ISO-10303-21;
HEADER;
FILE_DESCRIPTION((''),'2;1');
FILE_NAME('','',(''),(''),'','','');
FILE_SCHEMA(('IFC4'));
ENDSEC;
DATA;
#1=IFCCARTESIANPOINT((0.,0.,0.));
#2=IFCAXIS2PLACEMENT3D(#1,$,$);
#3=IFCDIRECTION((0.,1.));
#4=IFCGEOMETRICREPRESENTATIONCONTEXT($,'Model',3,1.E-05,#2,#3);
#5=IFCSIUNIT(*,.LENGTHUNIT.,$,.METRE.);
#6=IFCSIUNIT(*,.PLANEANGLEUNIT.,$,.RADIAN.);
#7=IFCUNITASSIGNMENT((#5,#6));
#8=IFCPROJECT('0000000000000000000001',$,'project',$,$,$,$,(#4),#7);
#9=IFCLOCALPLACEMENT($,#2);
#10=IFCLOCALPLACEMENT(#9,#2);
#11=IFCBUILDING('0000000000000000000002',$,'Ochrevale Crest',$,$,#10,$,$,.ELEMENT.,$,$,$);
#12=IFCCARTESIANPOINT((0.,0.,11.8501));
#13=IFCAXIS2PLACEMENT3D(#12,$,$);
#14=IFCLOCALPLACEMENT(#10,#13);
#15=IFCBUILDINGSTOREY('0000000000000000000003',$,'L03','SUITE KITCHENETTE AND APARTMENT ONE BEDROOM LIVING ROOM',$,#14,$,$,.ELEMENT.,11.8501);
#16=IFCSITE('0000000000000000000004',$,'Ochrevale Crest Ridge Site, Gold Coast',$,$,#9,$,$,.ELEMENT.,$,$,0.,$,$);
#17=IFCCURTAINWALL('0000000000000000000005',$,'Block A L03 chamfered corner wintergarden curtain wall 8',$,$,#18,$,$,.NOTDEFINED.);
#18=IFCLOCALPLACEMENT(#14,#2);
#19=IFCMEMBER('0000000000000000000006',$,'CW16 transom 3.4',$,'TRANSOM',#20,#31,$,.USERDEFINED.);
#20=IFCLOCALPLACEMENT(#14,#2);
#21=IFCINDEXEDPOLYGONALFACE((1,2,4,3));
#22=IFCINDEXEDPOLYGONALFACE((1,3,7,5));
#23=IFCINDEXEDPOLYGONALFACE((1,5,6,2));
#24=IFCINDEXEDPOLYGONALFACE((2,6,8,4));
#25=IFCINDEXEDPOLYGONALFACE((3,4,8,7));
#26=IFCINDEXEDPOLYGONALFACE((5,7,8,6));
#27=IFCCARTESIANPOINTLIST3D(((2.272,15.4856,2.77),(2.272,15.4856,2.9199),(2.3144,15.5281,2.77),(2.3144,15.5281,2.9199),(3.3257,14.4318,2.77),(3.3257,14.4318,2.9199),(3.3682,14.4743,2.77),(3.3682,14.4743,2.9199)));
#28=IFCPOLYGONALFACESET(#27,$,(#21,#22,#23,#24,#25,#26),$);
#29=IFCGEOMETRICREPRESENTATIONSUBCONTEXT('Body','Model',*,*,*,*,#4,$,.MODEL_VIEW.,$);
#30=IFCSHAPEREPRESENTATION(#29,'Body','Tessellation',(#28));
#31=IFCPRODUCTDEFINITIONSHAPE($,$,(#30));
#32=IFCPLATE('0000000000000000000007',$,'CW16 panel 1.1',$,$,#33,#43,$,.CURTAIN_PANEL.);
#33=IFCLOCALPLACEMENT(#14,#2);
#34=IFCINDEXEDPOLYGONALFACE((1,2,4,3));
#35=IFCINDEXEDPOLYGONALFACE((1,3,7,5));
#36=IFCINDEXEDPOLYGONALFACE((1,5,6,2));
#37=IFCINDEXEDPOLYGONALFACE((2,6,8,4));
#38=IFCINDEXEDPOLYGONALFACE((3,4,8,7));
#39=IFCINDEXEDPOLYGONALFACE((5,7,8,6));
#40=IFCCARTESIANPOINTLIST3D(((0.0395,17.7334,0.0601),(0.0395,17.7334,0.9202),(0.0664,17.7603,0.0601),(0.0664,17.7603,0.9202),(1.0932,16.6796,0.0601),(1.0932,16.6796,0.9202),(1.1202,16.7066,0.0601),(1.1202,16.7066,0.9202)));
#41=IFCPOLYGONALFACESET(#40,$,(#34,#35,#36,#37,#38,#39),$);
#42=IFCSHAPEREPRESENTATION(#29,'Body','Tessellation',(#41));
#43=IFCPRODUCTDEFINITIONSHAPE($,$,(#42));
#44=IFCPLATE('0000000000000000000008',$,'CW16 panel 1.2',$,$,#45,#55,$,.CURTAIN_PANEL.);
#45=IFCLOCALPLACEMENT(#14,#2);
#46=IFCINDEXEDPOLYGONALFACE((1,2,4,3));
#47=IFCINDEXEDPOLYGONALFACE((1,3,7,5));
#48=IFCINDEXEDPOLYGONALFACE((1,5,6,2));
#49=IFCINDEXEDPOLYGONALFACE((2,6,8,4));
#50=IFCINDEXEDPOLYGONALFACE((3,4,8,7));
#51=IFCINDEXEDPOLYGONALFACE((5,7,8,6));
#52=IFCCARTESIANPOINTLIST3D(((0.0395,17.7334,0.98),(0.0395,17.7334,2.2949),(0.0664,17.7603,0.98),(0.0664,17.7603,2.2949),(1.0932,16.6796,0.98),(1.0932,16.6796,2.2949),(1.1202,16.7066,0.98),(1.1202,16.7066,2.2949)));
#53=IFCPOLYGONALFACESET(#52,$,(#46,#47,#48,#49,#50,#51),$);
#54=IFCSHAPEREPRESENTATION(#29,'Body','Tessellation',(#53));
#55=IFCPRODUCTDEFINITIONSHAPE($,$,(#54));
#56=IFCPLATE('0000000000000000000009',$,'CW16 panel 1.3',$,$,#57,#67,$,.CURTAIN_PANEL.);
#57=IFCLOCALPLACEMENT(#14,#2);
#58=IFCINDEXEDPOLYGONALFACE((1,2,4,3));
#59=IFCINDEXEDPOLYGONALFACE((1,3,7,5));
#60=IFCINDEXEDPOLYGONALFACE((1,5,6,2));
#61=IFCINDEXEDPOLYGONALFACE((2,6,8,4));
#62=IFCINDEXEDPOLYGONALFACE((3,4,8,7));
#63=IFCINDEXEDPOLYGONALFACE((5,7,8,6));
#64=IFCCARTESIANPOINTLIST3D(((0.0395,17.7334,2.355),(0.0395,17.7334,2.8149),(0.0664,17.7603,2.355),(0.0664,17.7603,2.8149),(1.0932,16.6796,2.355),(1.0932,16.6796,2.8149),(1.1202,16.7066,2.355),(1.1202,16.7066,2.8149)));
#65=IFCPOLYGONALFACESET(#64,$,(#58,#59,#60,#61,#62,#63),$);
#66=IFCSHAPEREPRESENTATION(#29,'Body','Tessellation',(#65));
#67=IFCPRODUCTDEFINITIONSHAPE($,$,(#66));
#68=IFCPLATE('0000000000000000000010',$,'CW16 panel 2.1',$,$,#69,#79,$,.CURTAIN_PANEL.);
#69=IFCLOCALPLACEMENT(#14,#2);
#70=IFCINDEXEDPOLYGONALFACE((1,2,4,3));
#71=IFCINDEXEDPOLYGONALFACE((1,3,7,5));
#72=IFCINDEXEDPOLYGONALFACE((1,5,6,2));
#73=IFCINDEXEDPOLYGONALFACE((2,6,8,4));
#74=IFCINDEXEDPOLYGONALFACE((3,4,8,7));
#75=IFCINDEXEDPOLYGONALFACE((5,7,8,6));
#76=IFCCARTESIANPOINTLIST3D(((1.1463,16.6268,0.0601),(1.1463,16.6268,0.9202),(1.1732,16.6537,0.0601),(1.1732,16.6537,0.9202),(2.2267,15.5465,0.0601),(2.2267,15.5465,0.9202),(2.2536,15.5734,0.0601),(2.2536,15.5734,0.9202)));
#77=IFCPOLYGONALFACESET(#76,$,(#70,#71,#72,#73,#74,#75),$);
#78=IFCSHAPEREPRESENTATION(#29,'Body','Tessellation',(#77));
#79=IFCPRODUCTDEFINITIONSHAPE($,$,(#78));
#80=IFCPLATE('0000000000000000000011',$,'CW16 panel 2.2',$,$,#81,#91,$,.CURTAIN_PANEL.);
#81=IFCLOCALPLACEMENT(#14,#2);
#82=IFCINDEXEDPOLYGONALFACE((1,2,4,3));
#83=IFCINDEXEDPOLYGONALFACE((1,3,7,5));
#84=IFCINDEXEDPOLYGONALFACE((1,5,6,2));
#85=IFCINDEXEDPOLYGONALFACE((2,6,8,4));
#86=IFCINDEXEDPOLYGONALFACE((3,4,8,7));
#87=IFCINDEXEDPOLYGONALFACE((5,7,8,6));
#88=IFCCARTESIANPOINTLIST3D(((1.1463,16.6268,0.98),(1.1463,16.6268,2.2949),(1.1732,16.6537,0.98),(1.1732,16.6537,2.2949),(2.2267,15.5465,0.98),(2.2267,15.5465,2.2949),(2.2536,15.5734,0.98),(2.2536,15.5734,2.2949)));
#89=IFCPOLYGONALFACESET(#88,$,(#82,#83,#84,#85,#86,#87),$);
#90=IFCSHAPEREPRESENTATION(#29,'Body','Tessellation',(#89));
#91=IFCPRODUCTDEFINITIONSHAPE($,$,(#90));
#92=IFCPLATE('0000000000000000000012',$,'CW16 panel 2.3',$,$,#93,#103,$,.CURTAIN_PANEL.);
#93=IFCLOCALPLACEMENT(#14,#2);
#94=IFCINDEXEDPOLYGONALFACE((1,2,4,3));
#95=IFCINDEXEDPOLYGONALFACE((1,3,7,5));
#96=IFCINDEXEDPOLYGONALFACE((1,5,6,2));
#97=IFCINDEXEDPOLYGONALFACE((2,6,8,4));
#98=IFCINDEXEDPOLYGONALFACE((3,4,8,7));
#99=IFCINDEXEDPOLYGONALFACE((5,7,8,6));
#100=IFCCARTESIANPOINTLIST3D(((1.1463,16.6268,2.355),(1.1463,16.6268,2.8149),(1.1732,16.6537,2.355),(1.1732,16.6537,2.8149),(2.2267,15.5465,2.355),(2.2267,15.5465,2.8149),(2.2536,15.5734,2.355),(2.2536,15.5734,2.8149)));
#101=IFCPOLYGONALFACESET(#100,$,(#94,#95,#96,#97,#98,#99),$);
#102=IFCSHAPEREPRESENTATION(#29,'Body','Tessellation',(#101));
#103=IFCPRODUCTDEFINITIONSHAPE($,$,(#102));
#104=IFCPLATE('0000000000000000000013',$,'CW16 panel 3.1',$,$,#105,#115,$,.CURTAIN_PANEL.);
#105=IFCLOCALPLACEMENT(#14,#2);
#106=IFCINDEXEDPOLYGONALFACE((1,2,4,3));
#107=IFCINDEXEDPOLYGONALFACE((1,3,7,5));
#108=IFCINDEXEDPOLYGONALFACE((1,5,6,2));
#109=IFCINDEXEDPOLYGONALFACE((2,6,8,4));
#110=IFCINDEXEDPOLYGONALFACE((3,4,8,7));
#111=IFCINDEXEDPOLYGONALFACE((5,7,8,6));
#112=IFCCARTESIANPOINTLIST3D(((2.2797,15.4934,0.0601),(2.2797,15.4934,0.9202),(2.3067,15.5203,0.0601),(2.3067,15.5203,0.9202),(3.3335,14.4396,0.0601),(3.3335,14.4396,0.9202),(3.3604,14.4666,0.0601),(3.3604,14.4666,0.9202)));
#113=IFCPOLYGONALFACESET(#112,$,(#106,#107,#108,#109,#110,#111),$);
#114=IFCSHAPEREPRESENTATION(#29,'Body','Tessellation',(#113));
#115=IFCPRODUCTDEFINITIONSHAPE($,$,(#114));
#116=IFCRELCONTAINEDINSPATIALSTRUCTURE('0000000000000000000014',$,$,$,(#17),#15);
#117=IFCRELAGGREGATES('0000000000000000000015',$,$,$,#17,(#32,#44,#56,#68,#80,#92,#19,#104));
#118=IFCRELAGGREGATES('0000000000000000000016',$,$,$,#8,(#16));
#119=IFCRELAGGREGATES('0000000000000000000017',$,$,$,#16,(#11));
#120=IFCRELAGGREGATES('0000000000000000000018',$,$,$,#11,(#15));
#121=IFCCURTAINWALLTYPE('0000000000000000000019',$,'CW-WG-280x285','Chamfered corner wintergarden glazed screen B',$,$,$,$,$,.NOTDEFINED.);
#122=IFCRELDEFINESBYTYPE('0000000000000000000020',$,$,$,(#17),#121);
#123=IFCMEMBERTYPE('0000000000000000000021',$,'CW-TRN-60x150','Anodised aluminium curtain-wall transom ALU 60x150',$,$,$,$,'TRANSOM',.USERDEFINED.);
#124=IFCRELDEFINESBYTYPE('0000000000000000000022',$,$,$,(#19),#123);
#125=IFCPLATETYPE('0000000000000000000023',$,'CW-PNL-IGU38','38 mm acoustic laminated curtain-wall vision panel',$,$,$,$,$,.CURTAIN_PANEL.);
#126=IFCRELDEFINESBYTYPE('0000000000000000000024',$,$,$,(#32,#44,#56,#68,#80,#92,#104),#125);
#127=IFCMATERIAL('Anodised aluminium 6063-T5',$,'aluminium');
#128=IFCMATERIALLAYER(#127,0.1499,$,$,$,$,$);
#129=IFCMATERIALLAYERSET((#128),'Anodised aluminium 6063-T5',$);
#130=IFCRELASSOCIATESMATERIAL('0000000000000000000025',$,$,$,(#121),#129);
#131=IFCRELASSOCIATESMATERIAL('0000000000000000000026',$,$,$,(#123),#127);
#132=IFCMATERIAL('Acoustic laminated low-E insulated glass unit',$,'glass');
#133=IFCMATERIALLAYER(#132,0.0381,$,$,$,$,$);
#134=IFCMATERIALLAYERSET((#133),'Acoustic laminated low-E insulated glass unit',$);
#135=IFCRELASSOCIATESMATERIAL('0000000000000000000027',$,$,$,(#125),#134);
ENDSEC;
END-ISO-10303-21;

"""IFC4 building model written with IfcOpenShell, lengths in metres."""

from ifc_helpers import new_model, si_unit, direction, frame, origin, origin_2d, place, context, subcontext, project, spatial, rectangle, extrude, material, layer, layer_set, material_profile, profile_set, type_object, element, aggregate, save


model = new_model("IFC4")

# Units and contexts
model_context = context("Model", 3, precision=1e-05, world=origin(), true_north=direction((0.0, 1.0)))
body_context = subcontext(model_context, "Body", "Model", "MODEL_VIEW")
ifc_project = project(units=[si_unit("LENGTHUNIT", "METRE"), si_unit("PLANEANGLEUNIT", "RADIAN")], contexts=[model_context])

# Site, building, storey
site_placement = place(None, origin())
site = spatial("IfcSite", under=ifc_project, at=site_placement, Name="Ochrevale Crest Ridge Site, Gold Coast", CompositionType="ELEMENT", RefElevation=0.0)
building_placement = place(site_placement, origin())
building = spatial("IfcBuilding", under=site, at=building_placement, Name="Ochrevale Crest", CompositionType="ELEMENT")
storey_placement = place(building_placement, frame((0.0, 0.0, 11.8501)))
storey = spatial("IfcBuildingStorey", under=building, at=storey_placement, Name="L03", Description="SUITE KITCHENETTE AND APARTMENT ONE BEDROOM LIVING ROOM", CompositionType="ELEMENT", Elevation=11.8501)

# Curtain wall, member, plates
ifc_material_1 = material(Name="Anodised aluminium 6063-T5", Category="aluminium")
ifc_layer_1 = layer(ifc_material_1, 0.1499)
ifc_layer_set_1 = layer_set([ifc_layer_1], Name="Anodised aluminium 6063-T5")
curtain_wall_type = type_object("IfcCurtainWallType", Name="CW-WG-280x285", Description="Chamfered corner wintergarden glazed screen B", PredefinedType="NOTDEFINED", material=ifc_layer_set_1)
curtain_wall_placement = place(storey_placement, origin())
curtain_wall = element("IfcCurtainWall", 1, at=curtain_wall_placement, inside=storey, type_object=curtain_wall_type, Name="Block A L03 chamfered corner wintergarden curtain wall 8", PredefinedType="NOTDEFINED")
ifc_material_profile_1 = material_profile(ifc_material_1, rectangle(XDim=0.0601, YDim=0.1499, at=origin_2d()), Name="ALU 60x150")
ifc_profile_set_1 = profile_set([ifc_material_profile_1], Name="Anodised aluminium 6063-T5")
member_type_1 = type_object("IfcMemberType", Name="CW-TRN-60x150", Description="Anodised aluminium curtain-wall transom ALU 60x150", ElementType="TRANSOM", PredefinedType="USERDEFINED", material=ifc_profile_set_1)
member_1_placement = place(storey_placement, frame((2.2932, 15.5068, 2.845), z_axis=(0.707107, -0.707107, 0.0), x_axis=(0.707107, 0.707107, 0.0)))
member_1 = element("IfcMember", 2, at=member_1_placement, type_object=member_type_1, Name="CW16 transom 3.4", ObjectType="TRANSOM", PredefinedType="USERDEFINED", context=body_context, shape_type="SweptSolid", body=[
    extrude(rectangle(XDim=0.0601, YDim=0.1499, at=origin_2d()), origin(), (0.0, 0.0, 1.0), 1.4902),
])
ifc_material_2 = material(Name="Acoustic laminated low-E insulated glass unit", Category="glass")
ifc_layer_2 = layer(ifc_material_2, 0.0381)
ifc_layer_set_2 = layer_set([ifc_layer_2], Name="Acoustic laminated low-E insulated glass unit")
plate_type = type_object("IfcPlateType", Name="CW-PNL-IGU38", Description="38 mm acoustic laminated curtain-wall vision panel", PredefinedType="CURTAIN_PANEL", material=ifc_layer_set_2)
plate_1_placement = place(storey_placement, frame((0.5798, 17.22, 0.0601), z_axis=(0.0, 0.0, 1.0), x_axis=(0.707107, -0.707107, 0.0)))
plate_1 = element("IfcPlate", 3, at=plate_1_placement, type_object=plate_type, Name="CW16 panel 1.1", PredefinedType="CURTAIN_PANEL", context=body_context, shape_type="SweptSolid", body=[
    extrude(rectangle(XDim=1.4902, YDim=0.0381, at=origin_2d()), origin(), (0.0, 0.0, 1.0), 0.8601),
])
plate_2_placement = place(storey_placement, frame((0.5798, 17.22, 0.98), z_axis=(0.0, 0.0, 1.0), x_axis=(0.707107, -0.707107, 0.0)))
plate_2 = element("IfcPlate", 4, at=plate_2_placement, type_object=plate_type, Name="CW16 panel 1.2", PredefinedType="CURTAIN_PANEL", context=body_context, shape_type="SweptSolid", body=[
    extrude(rectangle(XDim=1.4902, YDim=0.0381, at=origin_2d()), origin(), (0.0, 0.0, 1.0), 1.3149),
])
plate_3_placement = place(storey_placement, frame((0.5798, 17.22, 2.355), z_axis=(0.0, 0.0, 1.0), x_axis=(0.707107, -0.707107, 0.0)))
plate_3 = element("IfcPlate", 5, at=plate_3_placement, type_object=plate_type, Name="CW16 panel 1.3", PredefinedType="CURTAIN_PANEL", context=body_context, shape_type="SweptSolid", body=[
    extrude(rectangle(XDim=1.4902, YDim=0.0381, at=origin_2d()), origin(), (0.0, 0.0, 1.0), 0.46),
])
plate_4_placement = place(storey_placement, frame((1.7, 16.1001, 0.0601), z_axis=(0.0, 0.0, 1.0), x_axis=(0.707107, -0.707107, 0.0)))
plate_4 = element("IfcPlate", 6, at=plate_4_placement, type_object=plate_type, Name="CW16 panel 2.1", PredefinedType="CURTAIN_PANEL", context=body_context, shape_type="SweptSolid", body=[
    extrude(rectangle(XDim=1.5278, YDim=0.0381, at=origin_2d()), origin(), (0.0, 0.0, 1.0), 0.8601),
])
plate_5_placement = place(storey_placement, frame((1.7, 16.1001, 0.98), z_axis=(0.0, 0.0, 1.0), x_axis=(0.707107, -0.707107, 0.0)))
plate_5 = element("IfcPlate", 7, at=plate_5_placement, type_object=plate_type, Name="CW16 panel 2.2", PredefinedType="CURTAIN_PANEL", context=body_context, shape_type="SweptSolid", body=[
    extrude(rectangle(XDim=1.5278, YDim=0.0381, at=origin_2d()), origin(), (0.0, 0.0, 1.0), 1.3149),
])
plate_6_placement = place(storey_placement, frame((1.7, 16.1001, 2.355), z_axis=(0.0, 0.0, 1.0), x_axis=(0.707107, -0.707107, 0.0)))
plate_6 = element("IfcPlate", 8, at=plate_6_placement, type_object=plate_type, Name="CW16 panel 2.3", PredefinedType="CURTAIN_PANEL", context=body_context, shape_type="SweptSolid", body=[
    extrude(rectangle(XDim=1.5278, YDim=0.0381, at=origin_2d()), origin(), (0.0, 0.0, 1.0), 0.46),
])
plate_7_placement = place(storey_placement, frame((2.8201, 14.98, 0.0601), z_axis=(0.0, 0.0, 1.0), x_axis=(0.707107, -0.707107, 0.0)))
plate_7 = element("IfcPlate", 9, at=plate_7_placement, type_object=plate_type, Name="CW16 panel 3.1", PredefinedType="CURTAIN_PANEL", context=body_context, shape_type="SweptSolid", body=[
    extrude(rectangle(XDim=1.4902, YDim=0.0381, at=origin_2d()), origin(), (0.0, 0.0, 1.0), 0.8601),
])
aggregate(curtain_wall, [plate_1, plate_2, plate_3, plate_4, plate_5, plate_6, member_1, plate_7])

save(model, "model.ifc")
